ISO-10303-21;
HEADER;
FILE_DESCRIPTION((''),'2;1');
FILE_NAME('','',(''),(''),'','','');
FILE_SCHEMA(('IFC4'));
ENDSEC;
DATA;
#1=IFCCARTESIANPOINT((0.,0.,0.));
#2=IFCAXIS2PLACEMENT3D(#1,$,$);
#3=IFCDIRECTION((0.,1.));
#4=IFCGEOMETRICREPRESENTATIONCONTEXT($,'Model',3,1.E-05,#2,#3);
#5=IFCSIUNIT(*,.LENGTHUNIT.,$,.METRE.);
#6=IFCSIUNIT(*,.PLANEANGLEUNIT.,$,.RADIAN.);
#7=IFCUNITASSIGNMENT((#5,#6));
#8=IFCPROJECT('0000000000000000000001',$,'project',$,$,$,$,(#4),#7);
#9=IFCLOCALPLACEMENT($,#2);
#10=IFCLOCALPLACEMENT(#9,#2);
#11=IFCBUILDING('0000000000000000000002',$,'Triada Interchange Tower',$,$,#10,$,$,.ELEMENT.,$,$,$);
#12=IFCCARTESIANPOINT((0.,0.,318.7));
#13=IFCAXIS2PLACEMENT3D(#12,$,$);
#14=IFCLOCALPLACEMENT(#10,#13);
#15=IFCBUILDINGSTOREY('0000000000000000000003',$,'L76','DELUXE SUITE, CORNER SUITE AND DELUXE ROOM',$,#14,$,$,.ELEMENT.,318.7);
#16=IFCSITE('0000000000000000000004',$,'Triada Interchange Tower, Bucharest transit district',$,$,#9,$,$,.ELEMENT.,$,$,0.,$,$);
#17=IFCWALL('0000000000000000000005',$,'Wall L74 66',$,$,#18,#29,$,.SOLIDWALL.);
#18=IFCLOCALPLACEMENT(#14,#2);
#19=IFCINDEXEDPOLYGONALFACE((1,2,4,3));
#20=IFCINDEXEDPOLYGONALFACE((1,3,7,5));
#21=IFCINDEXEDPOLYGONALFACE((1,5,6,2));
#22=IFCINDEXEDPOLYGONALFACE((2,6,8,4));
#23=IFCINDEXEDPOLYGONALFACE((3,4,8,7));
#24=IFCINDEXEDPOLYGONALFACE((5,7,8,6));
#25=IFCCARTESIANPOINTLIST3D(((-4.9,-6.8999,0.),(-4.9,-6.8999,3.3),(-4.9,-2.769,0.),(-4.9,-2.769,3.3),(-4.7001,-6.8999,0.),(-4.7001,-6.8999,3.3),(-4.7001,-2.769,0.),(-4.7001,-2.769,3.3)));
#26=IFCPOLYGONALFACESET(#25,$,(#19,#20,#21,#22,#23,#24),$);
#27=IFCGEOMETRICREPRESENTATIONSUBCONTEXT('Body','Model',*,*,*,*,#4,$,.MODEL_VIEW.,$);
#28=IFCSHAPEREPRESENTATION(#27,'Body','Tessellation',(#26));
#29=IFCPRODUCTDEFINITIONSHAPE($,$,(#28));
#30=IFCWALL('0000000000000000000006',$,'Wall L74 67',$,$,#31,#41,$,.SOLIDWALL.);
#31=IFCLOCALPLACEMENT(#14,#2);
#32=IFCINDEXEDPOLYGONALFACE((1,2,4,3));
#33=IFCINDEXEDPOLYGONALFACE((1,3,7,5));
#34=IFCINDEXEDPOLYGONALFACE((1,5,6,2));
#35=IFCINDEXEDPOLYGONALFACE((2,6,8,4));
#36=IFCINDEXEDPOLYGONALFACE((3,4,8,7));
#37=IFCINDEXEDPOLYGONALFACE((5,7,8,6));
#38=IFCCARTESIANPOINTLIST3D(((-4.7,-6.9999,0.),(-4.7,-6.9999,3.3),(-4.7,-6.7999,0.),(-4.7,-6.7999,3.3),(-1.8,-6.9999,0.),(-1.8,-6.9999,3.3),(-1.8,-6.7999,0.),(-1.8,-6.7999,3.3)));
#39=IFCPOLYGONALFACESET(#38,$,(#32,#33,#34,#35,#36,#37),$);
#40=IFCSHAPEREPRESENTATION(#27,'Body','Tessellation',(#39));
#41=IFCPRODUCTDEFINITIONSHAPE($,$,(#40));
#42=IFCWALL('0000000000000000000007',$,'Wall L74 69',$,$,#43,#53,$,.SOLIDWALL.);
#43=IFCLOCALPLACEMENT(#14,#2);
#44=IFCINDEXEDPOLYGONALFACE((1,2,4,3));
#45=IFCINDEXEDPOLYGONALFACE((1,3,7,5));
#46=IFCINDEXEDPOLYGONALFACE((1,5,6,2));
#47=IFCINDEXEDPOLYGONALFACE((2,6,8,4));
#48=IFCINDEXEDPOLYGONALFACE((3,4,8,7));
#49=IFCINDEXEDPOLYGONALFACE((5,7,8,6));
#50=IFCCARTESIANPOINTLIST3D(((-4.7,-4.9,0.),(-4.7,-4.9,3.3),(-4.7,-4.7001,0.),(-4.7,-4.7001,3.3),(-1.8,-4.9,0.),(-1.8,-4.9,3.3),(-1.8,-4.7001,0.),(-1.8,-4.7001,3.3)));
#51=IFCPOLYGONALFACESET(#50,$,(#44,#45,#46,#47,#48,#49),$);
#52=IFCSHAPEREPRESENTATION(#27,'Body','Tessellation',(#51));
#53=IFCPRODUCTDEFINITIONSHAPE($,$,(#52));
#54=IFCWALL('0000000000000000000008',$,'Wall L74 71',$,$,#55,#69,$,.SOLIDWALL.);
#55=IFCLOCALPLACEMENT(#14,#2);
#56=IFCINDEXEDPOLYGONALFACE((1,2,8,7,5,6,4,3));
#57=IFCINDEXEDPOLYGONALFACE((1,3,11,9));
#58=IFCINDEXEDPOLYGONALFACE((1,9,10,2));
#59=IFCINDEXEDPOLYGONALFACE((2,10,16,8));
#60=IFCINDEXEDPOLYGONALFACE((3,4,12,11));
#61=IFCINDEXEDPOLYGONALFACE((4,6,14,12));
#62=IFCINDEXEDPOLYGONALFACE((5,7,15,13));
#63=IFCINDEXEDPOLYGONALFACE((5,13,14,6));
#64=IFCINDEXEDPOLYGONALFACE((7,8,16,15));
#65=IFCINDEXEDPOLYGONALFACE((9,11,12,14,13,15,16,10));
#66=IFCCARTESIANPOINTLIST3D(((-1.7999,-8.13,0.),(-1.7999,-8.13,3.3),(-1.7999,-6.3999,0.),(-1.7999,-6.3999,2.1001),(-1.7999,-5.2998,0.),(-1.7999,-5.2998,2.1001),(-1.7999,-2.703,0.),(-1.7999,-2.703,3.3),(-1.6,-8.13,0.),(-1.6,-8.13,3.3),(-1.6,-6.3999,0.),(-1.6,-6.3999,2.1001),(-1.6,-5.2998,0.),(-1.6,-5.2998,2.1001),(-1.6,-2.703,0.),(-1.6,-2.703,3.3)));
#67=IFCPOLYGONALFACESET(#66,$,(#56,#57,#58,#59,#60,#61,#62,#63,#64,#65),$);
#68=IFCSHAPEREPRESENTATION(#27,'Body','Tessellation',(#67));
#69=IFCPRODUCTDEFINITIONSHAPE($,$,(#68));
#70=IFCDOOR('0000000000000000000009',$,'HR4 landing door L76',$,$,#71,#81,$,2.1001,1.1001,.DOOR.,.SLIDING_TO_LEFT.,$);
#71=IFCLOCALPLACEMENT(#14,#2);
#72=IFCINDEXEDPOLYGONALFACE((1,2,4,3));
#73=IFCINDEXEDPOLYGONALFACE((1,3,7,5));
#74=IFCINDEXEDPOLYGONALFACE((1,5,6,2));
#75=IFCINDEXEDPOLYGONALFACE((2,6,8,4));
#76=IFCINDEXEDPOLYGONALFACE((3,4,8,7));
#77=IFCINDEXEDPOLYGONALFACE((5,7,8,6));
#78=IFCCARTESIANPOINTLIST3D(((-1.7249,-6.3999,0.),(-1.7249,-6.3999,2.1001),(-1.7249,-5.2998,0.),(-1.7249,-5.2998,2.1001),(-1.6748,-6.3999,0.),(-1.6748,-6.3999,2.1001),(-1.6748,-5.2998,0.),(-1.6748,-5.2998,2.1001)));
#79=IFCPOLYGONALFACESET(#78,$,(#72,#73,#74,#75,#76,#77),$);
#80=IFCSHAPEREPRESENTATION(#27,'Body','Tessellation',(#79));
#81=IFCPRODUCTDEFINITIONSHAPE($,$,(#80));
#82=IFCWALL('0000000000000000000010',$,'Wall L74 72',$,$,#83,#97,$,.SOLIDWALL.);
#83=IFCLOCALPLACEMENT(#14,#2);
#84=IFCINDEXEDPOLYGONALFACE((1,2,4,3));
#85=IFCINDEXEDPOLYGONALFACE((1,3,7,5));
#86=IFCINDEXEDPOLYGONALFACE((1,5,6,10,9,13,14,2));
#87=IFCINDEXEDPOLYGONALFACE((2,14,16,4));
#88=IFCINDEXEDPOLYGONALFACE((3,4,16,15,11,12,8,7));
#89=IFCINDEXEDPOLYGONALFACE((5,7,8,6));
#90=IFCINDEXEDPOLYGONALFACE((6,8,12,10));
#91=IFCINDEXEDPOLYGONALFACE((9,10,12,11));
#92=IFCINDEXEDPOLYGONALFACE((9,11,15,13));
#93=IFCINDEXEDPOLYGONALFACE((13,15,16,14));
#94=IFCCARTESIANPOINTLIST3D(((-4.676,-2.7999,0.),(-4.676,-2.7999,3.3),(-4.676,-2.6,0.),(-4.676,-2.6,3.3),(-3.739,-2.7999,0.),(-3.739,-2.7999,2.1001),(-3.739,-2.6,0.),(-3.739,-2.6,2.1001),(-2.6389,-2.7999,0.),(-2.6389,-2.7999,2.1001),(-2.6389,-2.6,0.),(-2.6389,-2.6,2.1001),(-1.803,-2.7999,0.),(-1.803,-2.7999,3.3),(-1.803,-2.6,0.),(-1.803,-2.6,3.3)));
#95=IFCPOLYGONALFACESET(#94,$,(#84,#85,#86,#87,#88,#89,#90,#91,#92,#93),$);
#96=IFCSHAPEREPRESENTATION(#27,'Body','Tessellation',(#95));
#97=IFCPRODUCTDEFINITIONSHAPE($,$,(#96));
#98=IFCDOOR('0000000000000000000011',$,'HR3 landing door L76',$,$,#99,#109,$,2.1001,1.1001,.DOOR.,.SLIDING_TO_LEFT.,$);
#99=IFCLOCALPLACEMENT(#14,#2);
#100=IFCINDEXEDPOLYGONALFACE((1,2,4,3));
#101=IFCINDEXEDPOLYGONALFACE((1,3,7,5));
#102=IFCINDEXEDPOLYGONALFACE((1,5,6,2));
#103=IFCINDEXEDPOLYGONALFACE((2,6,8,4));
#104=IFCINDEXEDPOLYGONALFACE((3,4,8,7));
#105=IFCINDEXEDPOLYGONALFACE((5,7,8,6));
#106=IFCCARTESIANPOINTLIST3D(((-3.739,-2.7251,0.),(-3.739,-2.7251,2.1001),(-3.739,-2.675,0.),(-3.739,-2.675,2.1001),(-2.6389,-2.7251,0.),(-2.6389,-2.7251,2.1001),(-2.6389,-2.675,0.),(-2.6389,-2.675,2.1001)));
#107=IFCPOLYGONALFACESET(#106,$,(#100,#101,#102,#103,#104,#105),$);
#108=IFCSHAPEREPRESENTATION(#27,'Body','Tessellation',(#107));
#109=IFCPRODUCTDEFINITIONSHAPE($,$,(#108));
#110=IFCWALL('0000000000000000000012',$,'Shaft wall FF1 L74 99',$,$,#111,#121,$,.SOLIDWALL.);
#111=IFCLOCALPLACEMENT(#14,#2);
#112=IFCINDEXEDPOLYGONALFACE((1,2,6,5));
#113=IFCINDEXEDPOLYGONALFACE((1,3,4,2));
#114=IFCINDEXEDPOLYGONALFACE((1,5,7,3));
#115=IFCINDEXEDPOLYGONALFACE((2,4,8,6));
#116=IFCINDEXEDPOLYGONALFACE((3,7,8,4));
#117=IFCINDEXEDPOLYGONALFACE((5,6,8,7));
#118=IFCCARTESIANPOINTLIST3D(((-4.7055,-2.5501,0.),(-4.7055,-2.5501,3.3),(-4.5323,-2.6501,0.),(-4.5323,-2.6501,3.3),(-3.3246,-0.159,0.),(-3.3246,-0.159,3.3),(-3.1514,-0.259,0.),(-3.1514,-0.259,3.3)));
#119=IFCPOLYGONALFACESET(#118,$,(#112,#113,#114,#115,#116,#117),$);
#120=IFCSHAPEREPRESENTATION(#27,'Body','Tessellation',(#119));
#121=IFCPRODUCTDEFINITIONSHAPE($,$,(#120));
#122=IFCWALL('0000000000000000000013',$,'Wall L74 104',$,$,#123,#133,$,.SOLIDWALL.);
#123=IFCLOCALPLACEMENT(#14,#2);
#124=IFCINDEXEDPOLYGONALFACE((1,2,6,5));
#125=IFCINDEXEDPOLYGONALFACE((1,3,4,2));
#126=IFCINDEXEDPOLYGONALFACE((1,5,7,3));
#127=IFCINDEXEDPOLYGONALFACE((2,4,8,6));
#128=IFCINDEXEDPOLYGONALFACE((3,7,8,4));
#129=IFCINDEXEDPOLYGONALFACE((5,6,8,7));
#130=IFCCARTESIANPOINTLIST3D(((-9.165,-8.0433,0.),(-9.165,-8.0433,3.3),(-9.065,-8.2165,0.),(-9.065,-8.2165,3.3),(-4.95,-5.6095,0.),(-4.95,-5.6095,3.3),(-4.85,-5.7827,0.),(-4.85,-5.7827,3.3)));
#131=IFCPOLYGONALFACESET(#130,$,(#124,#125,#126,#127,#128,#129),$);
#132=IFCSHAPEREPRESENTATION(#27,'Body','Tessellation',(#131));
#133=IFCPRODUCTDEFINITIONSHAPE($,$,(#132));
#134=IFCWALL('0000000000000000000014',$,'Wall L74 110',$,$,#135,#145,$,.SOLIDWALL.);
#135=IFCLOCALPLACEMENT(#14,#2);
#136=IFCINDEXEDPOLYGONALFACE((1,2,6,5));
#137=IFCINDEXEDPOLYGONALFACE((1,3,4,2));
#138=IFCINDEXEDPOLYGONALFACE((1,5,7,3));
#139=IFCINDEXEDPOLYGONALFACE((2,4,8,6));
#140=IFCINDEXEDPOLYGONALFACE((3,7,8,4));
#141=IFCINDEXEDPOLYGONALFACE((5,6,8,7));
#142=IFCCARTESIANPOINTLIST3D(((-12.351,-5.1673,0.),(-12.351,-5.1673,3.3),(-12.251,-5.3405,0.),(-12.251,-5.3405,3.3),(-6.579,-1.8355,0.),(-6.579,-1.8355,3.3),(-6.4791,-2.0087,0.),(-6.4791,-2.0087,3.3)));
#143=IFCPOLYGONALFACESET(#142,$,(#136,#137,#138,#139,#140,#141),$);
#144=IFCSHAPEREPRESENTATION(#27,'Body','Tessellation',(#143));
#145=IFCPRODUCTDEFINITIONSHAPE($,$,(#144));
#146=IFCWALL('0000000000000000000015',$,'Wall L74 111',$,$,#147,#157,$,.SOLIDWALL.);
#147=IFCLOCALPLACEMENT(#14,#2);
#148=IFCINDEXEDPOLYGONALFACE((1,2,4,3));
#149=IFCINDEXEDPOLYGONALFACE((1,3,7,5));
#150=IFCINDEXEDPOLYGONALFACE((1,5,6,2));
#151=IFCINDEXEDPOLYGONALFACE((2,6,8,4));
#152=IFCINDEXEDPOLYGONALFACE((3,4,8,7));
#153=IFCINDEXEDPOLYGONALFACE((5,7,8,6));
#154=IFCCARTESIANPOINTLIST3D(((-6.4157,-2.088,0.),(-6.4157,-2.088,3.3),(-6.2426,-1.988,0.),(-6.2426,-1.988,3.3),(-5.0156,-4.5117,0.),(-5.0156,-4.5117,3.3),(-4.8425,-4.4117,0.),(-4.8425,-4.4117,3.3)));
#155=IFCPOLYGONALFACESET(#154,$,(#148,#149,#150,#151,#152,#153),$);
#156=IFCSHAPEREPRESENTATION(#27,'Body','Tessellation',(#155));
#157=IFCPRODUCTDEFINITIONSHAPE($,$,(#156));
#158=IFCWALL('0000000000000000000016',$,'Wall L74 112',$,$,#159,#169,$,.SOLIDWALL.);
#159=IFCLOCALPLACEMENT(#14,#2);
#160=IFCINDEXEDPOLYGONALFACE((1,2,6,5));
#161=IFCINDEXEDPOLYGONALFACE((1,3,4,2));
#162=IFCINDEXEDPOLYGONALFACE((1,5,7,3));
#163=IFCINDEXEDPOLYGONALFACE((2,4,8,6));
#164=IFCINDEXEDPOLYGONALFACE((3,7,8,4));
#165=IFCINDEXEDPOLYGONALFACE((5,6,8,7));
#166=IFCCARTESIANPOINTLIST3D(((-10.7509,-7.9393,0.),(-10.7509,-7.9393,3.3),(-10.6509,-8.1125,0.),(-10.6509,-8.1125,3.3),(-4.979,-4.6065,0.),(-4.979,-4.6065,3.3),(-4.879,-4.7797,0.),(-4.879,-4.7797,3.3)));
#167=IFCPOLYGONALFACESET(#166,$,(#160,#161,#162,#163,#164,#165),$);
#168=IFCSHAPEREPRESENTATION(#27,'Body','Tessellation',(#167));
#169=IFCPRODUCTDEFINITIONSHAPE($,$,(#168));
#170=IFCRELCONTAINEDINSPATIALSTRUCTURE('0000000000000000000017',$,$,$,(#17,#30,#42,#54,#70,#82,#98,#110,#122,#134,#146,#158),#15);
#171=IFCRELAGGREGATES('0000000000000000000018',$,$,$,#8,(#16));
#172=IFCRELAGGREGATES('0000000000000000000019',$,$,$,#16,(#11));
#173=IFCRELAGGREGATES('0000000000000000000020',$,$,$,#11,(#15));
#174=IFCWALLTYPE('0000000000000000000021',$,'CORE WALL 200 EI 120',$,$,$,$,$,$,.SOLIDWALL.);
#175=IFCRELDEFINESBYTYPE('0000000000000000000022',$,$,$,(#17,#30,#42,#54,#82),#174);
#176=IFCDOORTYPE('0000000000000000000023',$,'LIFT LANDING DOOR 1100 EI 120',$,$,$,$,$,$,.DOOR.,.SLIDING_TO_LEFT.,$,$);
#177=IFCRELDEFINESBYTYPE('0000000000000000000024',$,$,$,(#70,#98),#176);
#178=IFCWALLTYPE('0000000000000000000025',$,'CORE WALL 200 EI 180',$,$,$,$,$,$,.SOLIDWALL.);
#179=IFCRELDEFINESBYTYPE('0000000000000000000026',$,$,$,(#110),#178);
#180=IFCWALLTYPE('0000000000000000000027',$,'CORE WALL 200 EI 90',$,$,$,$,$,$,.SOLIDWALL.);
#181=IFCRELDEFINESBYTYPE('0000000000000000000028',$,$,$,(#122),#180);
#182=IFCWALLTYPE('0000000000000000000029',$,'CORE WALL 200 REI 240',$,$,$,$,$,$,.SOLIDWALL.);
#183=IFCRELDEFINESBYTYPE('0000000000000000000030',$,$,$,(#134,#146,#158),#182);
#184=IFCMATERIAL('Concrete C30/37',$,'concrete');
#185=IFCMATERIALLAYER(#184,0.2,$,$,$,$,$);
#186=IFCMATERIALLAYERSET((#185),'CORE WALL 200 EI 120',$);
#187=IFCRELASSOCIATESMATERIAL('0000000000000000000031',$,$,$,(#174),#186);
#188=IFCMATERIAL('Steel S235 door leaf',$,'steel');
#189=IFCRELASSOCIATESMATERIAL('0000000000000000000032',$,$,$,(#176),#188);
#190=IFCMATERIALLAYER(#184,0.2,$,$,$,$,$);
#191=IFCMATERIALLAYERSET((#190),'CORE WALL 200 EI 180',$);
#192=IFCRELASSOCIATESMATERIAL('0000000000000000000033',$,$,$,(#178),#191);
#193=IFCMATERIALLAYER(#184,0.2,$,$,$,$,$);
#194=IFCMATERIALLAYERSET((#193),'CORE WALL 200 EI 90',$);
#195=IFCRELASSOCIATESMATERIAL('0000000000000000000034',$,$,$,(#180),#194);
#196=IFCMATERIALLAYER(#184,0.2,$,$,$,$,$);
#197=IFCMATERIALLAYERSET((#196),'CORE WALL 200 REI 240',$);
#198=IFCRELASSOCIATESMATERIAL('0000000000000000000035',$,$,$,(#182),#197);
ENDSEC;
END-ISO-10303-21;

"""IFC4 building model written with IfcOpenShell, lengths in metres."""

from ifc_helpers import new_model, si_unit, direction, frame, frame_2d, origin, place, context, subcontext, project, spatial, rectangle, extrude, material, layer, layer_set, type_object, element, fill, save


model = new_model("IFC4")

# Units and contexts
model_context = context("Model", 3, precision=1e-05, world=origin(), true_north=direction((0.0, 1.0)))
body_context = subcontext(model_context, "Body", "Model", "MODEL_VIEW")
ifc_project = project(units=[si_unit("LENGTHUNIT", "METRE"), si_unit("PLANEANGLEUNIT", "RADIAN")], contexts=[model_context])

# Site, building, storey
site_placement = place(None, origin())
site = spatial("IfcSite", under=ifc_project, at=site_placement, Name="Triada Interchange Tower, Bucharest transit district", CompositionType="ELEMENT", RefElevation=0.0)
building_placement = place(site_placement, origin())
building = spatial("IfcBuilding", under=site, at=building_placement, Name="Triada Interchange Tower", CompositionType="ELEMENT")
storey_placement = place(building_placement, frame((0.0, 0.0, 318.7)))
storey = spatial("IfcBuildingStorey", under=building, at=storey_placement, Name="L76", Description="DELUXE SUITE, CORNER SUITE AND DELUXE ROOM", CompositionType="ELEMENT", Elevation=318.7)

# Walls
ifc_material_1 = material(Name="Concrete C30/37", Category="concrete")
ifc_layer_1 = layer(ifc_material_1, 0.2)
ifc_layer_set_1 = layer_set([ifc_layer_1], Name="CORE WALL 200 EI 120")
wall_type_1 = type_object("IfcWallType", Name="CORE WALL 200 EI 120", PredefinedType="SOLIDWALL", material=ifc_layer_set_1)
wall_1_placement = place(storey_placement, frame((-4.8, -6.8999, 0.0), z_axis=(0.0, 0.0, 1.0), x_axis=(0.0, 1.0, 0.0)))
element("IfcWall", 1, at=wall_1_placement, inside=storey, type_object=wall_type_1, Name="Wall L74 66", PredefinedType="SOLIDWALL", context=body_context, shape_type="SweptSolid", body=[
    extrude(rectangle(XDim=4.1309, YDim=0.2, at=frame_2d((2.0654, 0.0))), origin(), (0.0, 0.0, 1.0), 3.3),
])
for number, where, z_axis, x_axis, name in (
    (2, (-4.7, -6.8999, 0.0), (0.0, 0.0, 1.0), (1.0, 0.0, 0.0), "Wall L74 67"),
    (3, (-4.7, -4.8, 0.0), (0.0, 0.0, 1.0), (1.0, 0.0, 0.0), "Wall L74 69"),
):
    element("IfcWall", number, at=place(storey_placement, frame(where, z_axis=z_axis, x_axis=x_axis)), inside=storey, type_object=wall_type_1, Name=name, PredefinedType="SOLIDWALL", context=body_context, shape_type="SweptSolid", body=[
        extrude(rectangle(XDim=2.8999, YDim=0.2, at=frame_2d((1.45, 0.0))), origin(), (0.0, 0.0, 1.0), 3.3),
    ])

# Walls, openings, doors
wall_2_placement = place(storey_placement, frame((-1.7, -8.1299, 0.0), z_axis=(0.0, 0.0, 1.0), x_axis=(0.0, 1.0, 0.0)))
wall_2 = element("IfcWall", 4, at=wall_2_placement, inside=storey, type_object=wall_type_1, Name="Wall L74 71", PredefinedType="SOLIDWALL", context=body_context, shape_type="SweptSolid", body=[
    extrude(rectangle(XDim=5.427, YDim=0.2, at=frame_2d((2.7134, 0.0))), origin(), (0.0, 0.0, 1.0), 3.3),
])
opening_1_placement = place(wall_2_placement, frame((1.73, 0.0, 0.0)))
opening_1 = element("IfcOpeningElement", 5, at=opening_1_placement, cuts=wall_2, PredefinedType="OPENING", context=body_context, shape_type="SweptSolid", body=[
    extrude(rectangle(XDim=1.1001, YDim=2.1001, at=frame_2d((0.55, 1.05))), frame((0.0, 0.1099, 0.0), z_axis=(0.0, -1.0, 0.0), x_axis=(1.0, 0.0, 0.0)), (0.0, 0.0, 1.0), 0.22),
])
ifc_material_2 = material(Name="Steel S235 door leaf", Category="steel")
door_type_1 = type_object("IfcDoorType", Name="LIFT LANDING DOOR 1100 EI 120", OperationType="SLIDING_TO_LEFT", PredefinedType="DOOR", material=ifc_material_2)
door_1_placement = place(opening_1_placement, origin())
door_1 = element("IfcDoor", 6, at=door_1_placement, inside=storey, type_object=door_type_1, Name="HR4 landing door L76", OperationType="SLIDING_TO_LEFT", OverallHeight=2.1001, OverallWidth=1.1001, PredefinedType="DOOR", context=body_context, shape_type="SweptSolid", body=[
    extrude(rectangle(XDim=1.1001, YDim=2.1001, at=frame_2d((0.55, 1.05))), frame((0.0, 0.0249, 0.0), z_axis=(0.0, -1.0, 0.0), x_axis=(1.0, 0.0, 0.0)), (0.0, 0.0, 1.0), 0.05),
])
fill(opening_1, door_1)
wall_3_placement = place(storey_placement, frame((-4.676, -2.7, 0.0), z_axis=(0.0, 0.0, 1.0), x_axis=(1.0, 0.0, 0.0)))
wall_3 = element("IfcWall", 7, at=wall_3_placement, inside=storey, type_object=wall_type_1, Name="Wall L74 72", PredefinedType="SOLIDWALL", context=body_context, shape_type="SweptSolid", body=[
    extrude(rectangle(XDim=2.873, YDim=0.2, at=frame_2d((1.4365, 0.0))), origin(), (0.0, 0.0, 1.0), 3.3),
])
opening_2_placement = place(wall_3_placement, frame((0.937, 0.0, 0.0)))
opening_2 = element("IfcOpeningElement", 8, at=opening_2_placement, cuts=wall_3, PredefinedType="OPENING", context=body_context, shape_type="SweptSolid", body=[
    extrude(rectangle(XDim=1.1001, YDim=2.1001, at=frame_2d((0.55, 1.05))), frame((0.0, 0.1099, 0.0), z_axis=(0.0, -1.0, 0.0), x_axis=(1.0, 0.0, 0.0)), (0.0, 0.0, 1.0), 0.22),
])
door_2_placement = place(opening_2_placement, origin())
door_2 = element("IfcDoor", 9, at=door_2_placement, inside=storey, type_object=door_type_1, Name="HR3 landing door L76", OperationType="SLIDING_TO_LEFT", OverallHeight=2.1001, OverallWidth=1.1001, PredefinedType="DOOR", context=body_context, shape_type="SweptSolid", body=[
    extrude(rectangle(XDim=1.1001, YDim=2.1001, at=frame_2d((0.55, 1.05))), frame((0.0, 0.0249, 0.0), z_axis=(0.0, -1.0, 0.0), x_axis=(1.0, 0.0, 0.0)), (0.0, 0.0, 1.0), 0.05),
])
fill(opening_2, door_2)

# Walls
ifc_layer_2 = layer(ifc_material_1, 0.2)
ifc_layer_set_2 = layer_set([ifc_layer_2], Name="CORE WALL 200 EI 180")
wall_type_2 = type_object("IfcWallType", Name="CORE WALL 200 EI 180", PredefinedType="SOLIDWALL", material=ifc_layer_set_2)
wall_4_placement = place(storey_placement, frame((-4.6189, -2.6001, 0.0), z_axis=(0.0, 0.0, 1.0), x_axis=(0.500095, 0.865971, 0.0)))
element("IfcWall", 10, at=wall_4_placement, inside=storey, type_object=wall_type_2, Name="Shaft wall FF1 L74 99", PredefinedType="SOLIDWALL", context=body_context, shape_type="SweptSolid", body=[
    extrude(rectangle(XDim=2.7612, YDim=0.2, at=frame_2d((1.3806, 0.0))), origin(), (0.0, 0.0, 1.0), 3.3),
])
ifc_layer_3 = layer(ifc_material_1, 0.2)
ifc_layer_set_3 = layer_set([ifc_layer_3], Name="CORE WALL 200 EI 90")
wall_type_3 = type_object("IfcWallType", Name="CORE WALL 200 EI 90", PredefinedType="SOLIDWALL", material=ifc_layer_set_3)
wall_5_placement = place(storey_placement, frame((-9.115, -8.1299, 0.0), z_axis=(0.0, 0.0, 1.0), x_axis=(0.866003, 0.500039, 0.0)))
element("IfcWall", 11, at=wall_5_placement, inside=storey, type_object=wall_type_3, Name="Wall L74 104", PredefinedType="SOLIDWALL", context=body_context, shape_type="SweptSolid", body=[
    extrude(rectangle(XDim=4.8672, YDim=0.2, at=frame_2d((2.4336, 0.0))), origin(), (0.0, 0.0, 1.0), 3.3),
])
ifc_layer_4 = layer(ifc_material_1, 0.2)
ifc_layer_set_4 = layer_set([ifc_layer_4], Name="CORE WALL 200 REI 240")
wall_type_4 = type_object("IfcWallType", Name="CORE WALL 200 REI 240", PredefinedType="SOLIDWALL", material=ifc_layer_set_4)
wall_6_placement = place(storey_placement, frame((-12.301, -5.2539, 0.0), z_axis=(0.0, 0.0, 1.0), x_axis=(0.866068, 0.499925, 0.0)))
element("IfcWall", 12, at=wall_6_placement, inside=storey, type_object=wall_type_4, Name="Wall L74 110", PredefinedType="SOLIDWALL", context=body_context, shape_type="SweptSolid", body=[
    extrude(rectangle(XDim=6.6646, YDim=0.2, at=frame_2d((3.3323, 0.0))), origin(), (0.0, 0.0, 1.0), 3.3),
])
wall_7_placement = place(storey_placement, frame((-6.3291, -2.0381, 0.0), z_axis=(0.0, 0.0, 1.0), x_axis=(0.500201, -0.86591, 0.0)))
element("IfcWall", 13, at=wall_7_placement, inside=storey, type_object=wall_type_4, Name="Wall L74 111", PredefinedType="SOLIDWALL", context=body_context, shape_type="SweptSolid", body=[
    extrude(rectangle(XDim=2.7991, YDim=0.2, at=frame_2d((1.3994, 0.0))), origin(), (0.0, 0.0, 1.0), 3.3),
])
wall_8_placement = place(storey_placement, frame((-10.7009, -8.0259, 0.0), z_axis=(0.0, 0.0, 1.0), x_axis=(0.866005, 0.500035, 0.0)))
element("IfcWall", 14, at=wall_8_placement, inside=storey, type_object=wall_type_4, Name="Wall L74 112", PredefinedType="SOLIDWALL", context=body_context, shape_type="SweptSolid", body=[
    extrude(rectangle(XDim=6.665, YDim=0.2, at=frame_2d((3.3325, 0.0))), origin(), (0.0, 0.0, 1.0), 3.3),
])

save(model, "model.ifc")
